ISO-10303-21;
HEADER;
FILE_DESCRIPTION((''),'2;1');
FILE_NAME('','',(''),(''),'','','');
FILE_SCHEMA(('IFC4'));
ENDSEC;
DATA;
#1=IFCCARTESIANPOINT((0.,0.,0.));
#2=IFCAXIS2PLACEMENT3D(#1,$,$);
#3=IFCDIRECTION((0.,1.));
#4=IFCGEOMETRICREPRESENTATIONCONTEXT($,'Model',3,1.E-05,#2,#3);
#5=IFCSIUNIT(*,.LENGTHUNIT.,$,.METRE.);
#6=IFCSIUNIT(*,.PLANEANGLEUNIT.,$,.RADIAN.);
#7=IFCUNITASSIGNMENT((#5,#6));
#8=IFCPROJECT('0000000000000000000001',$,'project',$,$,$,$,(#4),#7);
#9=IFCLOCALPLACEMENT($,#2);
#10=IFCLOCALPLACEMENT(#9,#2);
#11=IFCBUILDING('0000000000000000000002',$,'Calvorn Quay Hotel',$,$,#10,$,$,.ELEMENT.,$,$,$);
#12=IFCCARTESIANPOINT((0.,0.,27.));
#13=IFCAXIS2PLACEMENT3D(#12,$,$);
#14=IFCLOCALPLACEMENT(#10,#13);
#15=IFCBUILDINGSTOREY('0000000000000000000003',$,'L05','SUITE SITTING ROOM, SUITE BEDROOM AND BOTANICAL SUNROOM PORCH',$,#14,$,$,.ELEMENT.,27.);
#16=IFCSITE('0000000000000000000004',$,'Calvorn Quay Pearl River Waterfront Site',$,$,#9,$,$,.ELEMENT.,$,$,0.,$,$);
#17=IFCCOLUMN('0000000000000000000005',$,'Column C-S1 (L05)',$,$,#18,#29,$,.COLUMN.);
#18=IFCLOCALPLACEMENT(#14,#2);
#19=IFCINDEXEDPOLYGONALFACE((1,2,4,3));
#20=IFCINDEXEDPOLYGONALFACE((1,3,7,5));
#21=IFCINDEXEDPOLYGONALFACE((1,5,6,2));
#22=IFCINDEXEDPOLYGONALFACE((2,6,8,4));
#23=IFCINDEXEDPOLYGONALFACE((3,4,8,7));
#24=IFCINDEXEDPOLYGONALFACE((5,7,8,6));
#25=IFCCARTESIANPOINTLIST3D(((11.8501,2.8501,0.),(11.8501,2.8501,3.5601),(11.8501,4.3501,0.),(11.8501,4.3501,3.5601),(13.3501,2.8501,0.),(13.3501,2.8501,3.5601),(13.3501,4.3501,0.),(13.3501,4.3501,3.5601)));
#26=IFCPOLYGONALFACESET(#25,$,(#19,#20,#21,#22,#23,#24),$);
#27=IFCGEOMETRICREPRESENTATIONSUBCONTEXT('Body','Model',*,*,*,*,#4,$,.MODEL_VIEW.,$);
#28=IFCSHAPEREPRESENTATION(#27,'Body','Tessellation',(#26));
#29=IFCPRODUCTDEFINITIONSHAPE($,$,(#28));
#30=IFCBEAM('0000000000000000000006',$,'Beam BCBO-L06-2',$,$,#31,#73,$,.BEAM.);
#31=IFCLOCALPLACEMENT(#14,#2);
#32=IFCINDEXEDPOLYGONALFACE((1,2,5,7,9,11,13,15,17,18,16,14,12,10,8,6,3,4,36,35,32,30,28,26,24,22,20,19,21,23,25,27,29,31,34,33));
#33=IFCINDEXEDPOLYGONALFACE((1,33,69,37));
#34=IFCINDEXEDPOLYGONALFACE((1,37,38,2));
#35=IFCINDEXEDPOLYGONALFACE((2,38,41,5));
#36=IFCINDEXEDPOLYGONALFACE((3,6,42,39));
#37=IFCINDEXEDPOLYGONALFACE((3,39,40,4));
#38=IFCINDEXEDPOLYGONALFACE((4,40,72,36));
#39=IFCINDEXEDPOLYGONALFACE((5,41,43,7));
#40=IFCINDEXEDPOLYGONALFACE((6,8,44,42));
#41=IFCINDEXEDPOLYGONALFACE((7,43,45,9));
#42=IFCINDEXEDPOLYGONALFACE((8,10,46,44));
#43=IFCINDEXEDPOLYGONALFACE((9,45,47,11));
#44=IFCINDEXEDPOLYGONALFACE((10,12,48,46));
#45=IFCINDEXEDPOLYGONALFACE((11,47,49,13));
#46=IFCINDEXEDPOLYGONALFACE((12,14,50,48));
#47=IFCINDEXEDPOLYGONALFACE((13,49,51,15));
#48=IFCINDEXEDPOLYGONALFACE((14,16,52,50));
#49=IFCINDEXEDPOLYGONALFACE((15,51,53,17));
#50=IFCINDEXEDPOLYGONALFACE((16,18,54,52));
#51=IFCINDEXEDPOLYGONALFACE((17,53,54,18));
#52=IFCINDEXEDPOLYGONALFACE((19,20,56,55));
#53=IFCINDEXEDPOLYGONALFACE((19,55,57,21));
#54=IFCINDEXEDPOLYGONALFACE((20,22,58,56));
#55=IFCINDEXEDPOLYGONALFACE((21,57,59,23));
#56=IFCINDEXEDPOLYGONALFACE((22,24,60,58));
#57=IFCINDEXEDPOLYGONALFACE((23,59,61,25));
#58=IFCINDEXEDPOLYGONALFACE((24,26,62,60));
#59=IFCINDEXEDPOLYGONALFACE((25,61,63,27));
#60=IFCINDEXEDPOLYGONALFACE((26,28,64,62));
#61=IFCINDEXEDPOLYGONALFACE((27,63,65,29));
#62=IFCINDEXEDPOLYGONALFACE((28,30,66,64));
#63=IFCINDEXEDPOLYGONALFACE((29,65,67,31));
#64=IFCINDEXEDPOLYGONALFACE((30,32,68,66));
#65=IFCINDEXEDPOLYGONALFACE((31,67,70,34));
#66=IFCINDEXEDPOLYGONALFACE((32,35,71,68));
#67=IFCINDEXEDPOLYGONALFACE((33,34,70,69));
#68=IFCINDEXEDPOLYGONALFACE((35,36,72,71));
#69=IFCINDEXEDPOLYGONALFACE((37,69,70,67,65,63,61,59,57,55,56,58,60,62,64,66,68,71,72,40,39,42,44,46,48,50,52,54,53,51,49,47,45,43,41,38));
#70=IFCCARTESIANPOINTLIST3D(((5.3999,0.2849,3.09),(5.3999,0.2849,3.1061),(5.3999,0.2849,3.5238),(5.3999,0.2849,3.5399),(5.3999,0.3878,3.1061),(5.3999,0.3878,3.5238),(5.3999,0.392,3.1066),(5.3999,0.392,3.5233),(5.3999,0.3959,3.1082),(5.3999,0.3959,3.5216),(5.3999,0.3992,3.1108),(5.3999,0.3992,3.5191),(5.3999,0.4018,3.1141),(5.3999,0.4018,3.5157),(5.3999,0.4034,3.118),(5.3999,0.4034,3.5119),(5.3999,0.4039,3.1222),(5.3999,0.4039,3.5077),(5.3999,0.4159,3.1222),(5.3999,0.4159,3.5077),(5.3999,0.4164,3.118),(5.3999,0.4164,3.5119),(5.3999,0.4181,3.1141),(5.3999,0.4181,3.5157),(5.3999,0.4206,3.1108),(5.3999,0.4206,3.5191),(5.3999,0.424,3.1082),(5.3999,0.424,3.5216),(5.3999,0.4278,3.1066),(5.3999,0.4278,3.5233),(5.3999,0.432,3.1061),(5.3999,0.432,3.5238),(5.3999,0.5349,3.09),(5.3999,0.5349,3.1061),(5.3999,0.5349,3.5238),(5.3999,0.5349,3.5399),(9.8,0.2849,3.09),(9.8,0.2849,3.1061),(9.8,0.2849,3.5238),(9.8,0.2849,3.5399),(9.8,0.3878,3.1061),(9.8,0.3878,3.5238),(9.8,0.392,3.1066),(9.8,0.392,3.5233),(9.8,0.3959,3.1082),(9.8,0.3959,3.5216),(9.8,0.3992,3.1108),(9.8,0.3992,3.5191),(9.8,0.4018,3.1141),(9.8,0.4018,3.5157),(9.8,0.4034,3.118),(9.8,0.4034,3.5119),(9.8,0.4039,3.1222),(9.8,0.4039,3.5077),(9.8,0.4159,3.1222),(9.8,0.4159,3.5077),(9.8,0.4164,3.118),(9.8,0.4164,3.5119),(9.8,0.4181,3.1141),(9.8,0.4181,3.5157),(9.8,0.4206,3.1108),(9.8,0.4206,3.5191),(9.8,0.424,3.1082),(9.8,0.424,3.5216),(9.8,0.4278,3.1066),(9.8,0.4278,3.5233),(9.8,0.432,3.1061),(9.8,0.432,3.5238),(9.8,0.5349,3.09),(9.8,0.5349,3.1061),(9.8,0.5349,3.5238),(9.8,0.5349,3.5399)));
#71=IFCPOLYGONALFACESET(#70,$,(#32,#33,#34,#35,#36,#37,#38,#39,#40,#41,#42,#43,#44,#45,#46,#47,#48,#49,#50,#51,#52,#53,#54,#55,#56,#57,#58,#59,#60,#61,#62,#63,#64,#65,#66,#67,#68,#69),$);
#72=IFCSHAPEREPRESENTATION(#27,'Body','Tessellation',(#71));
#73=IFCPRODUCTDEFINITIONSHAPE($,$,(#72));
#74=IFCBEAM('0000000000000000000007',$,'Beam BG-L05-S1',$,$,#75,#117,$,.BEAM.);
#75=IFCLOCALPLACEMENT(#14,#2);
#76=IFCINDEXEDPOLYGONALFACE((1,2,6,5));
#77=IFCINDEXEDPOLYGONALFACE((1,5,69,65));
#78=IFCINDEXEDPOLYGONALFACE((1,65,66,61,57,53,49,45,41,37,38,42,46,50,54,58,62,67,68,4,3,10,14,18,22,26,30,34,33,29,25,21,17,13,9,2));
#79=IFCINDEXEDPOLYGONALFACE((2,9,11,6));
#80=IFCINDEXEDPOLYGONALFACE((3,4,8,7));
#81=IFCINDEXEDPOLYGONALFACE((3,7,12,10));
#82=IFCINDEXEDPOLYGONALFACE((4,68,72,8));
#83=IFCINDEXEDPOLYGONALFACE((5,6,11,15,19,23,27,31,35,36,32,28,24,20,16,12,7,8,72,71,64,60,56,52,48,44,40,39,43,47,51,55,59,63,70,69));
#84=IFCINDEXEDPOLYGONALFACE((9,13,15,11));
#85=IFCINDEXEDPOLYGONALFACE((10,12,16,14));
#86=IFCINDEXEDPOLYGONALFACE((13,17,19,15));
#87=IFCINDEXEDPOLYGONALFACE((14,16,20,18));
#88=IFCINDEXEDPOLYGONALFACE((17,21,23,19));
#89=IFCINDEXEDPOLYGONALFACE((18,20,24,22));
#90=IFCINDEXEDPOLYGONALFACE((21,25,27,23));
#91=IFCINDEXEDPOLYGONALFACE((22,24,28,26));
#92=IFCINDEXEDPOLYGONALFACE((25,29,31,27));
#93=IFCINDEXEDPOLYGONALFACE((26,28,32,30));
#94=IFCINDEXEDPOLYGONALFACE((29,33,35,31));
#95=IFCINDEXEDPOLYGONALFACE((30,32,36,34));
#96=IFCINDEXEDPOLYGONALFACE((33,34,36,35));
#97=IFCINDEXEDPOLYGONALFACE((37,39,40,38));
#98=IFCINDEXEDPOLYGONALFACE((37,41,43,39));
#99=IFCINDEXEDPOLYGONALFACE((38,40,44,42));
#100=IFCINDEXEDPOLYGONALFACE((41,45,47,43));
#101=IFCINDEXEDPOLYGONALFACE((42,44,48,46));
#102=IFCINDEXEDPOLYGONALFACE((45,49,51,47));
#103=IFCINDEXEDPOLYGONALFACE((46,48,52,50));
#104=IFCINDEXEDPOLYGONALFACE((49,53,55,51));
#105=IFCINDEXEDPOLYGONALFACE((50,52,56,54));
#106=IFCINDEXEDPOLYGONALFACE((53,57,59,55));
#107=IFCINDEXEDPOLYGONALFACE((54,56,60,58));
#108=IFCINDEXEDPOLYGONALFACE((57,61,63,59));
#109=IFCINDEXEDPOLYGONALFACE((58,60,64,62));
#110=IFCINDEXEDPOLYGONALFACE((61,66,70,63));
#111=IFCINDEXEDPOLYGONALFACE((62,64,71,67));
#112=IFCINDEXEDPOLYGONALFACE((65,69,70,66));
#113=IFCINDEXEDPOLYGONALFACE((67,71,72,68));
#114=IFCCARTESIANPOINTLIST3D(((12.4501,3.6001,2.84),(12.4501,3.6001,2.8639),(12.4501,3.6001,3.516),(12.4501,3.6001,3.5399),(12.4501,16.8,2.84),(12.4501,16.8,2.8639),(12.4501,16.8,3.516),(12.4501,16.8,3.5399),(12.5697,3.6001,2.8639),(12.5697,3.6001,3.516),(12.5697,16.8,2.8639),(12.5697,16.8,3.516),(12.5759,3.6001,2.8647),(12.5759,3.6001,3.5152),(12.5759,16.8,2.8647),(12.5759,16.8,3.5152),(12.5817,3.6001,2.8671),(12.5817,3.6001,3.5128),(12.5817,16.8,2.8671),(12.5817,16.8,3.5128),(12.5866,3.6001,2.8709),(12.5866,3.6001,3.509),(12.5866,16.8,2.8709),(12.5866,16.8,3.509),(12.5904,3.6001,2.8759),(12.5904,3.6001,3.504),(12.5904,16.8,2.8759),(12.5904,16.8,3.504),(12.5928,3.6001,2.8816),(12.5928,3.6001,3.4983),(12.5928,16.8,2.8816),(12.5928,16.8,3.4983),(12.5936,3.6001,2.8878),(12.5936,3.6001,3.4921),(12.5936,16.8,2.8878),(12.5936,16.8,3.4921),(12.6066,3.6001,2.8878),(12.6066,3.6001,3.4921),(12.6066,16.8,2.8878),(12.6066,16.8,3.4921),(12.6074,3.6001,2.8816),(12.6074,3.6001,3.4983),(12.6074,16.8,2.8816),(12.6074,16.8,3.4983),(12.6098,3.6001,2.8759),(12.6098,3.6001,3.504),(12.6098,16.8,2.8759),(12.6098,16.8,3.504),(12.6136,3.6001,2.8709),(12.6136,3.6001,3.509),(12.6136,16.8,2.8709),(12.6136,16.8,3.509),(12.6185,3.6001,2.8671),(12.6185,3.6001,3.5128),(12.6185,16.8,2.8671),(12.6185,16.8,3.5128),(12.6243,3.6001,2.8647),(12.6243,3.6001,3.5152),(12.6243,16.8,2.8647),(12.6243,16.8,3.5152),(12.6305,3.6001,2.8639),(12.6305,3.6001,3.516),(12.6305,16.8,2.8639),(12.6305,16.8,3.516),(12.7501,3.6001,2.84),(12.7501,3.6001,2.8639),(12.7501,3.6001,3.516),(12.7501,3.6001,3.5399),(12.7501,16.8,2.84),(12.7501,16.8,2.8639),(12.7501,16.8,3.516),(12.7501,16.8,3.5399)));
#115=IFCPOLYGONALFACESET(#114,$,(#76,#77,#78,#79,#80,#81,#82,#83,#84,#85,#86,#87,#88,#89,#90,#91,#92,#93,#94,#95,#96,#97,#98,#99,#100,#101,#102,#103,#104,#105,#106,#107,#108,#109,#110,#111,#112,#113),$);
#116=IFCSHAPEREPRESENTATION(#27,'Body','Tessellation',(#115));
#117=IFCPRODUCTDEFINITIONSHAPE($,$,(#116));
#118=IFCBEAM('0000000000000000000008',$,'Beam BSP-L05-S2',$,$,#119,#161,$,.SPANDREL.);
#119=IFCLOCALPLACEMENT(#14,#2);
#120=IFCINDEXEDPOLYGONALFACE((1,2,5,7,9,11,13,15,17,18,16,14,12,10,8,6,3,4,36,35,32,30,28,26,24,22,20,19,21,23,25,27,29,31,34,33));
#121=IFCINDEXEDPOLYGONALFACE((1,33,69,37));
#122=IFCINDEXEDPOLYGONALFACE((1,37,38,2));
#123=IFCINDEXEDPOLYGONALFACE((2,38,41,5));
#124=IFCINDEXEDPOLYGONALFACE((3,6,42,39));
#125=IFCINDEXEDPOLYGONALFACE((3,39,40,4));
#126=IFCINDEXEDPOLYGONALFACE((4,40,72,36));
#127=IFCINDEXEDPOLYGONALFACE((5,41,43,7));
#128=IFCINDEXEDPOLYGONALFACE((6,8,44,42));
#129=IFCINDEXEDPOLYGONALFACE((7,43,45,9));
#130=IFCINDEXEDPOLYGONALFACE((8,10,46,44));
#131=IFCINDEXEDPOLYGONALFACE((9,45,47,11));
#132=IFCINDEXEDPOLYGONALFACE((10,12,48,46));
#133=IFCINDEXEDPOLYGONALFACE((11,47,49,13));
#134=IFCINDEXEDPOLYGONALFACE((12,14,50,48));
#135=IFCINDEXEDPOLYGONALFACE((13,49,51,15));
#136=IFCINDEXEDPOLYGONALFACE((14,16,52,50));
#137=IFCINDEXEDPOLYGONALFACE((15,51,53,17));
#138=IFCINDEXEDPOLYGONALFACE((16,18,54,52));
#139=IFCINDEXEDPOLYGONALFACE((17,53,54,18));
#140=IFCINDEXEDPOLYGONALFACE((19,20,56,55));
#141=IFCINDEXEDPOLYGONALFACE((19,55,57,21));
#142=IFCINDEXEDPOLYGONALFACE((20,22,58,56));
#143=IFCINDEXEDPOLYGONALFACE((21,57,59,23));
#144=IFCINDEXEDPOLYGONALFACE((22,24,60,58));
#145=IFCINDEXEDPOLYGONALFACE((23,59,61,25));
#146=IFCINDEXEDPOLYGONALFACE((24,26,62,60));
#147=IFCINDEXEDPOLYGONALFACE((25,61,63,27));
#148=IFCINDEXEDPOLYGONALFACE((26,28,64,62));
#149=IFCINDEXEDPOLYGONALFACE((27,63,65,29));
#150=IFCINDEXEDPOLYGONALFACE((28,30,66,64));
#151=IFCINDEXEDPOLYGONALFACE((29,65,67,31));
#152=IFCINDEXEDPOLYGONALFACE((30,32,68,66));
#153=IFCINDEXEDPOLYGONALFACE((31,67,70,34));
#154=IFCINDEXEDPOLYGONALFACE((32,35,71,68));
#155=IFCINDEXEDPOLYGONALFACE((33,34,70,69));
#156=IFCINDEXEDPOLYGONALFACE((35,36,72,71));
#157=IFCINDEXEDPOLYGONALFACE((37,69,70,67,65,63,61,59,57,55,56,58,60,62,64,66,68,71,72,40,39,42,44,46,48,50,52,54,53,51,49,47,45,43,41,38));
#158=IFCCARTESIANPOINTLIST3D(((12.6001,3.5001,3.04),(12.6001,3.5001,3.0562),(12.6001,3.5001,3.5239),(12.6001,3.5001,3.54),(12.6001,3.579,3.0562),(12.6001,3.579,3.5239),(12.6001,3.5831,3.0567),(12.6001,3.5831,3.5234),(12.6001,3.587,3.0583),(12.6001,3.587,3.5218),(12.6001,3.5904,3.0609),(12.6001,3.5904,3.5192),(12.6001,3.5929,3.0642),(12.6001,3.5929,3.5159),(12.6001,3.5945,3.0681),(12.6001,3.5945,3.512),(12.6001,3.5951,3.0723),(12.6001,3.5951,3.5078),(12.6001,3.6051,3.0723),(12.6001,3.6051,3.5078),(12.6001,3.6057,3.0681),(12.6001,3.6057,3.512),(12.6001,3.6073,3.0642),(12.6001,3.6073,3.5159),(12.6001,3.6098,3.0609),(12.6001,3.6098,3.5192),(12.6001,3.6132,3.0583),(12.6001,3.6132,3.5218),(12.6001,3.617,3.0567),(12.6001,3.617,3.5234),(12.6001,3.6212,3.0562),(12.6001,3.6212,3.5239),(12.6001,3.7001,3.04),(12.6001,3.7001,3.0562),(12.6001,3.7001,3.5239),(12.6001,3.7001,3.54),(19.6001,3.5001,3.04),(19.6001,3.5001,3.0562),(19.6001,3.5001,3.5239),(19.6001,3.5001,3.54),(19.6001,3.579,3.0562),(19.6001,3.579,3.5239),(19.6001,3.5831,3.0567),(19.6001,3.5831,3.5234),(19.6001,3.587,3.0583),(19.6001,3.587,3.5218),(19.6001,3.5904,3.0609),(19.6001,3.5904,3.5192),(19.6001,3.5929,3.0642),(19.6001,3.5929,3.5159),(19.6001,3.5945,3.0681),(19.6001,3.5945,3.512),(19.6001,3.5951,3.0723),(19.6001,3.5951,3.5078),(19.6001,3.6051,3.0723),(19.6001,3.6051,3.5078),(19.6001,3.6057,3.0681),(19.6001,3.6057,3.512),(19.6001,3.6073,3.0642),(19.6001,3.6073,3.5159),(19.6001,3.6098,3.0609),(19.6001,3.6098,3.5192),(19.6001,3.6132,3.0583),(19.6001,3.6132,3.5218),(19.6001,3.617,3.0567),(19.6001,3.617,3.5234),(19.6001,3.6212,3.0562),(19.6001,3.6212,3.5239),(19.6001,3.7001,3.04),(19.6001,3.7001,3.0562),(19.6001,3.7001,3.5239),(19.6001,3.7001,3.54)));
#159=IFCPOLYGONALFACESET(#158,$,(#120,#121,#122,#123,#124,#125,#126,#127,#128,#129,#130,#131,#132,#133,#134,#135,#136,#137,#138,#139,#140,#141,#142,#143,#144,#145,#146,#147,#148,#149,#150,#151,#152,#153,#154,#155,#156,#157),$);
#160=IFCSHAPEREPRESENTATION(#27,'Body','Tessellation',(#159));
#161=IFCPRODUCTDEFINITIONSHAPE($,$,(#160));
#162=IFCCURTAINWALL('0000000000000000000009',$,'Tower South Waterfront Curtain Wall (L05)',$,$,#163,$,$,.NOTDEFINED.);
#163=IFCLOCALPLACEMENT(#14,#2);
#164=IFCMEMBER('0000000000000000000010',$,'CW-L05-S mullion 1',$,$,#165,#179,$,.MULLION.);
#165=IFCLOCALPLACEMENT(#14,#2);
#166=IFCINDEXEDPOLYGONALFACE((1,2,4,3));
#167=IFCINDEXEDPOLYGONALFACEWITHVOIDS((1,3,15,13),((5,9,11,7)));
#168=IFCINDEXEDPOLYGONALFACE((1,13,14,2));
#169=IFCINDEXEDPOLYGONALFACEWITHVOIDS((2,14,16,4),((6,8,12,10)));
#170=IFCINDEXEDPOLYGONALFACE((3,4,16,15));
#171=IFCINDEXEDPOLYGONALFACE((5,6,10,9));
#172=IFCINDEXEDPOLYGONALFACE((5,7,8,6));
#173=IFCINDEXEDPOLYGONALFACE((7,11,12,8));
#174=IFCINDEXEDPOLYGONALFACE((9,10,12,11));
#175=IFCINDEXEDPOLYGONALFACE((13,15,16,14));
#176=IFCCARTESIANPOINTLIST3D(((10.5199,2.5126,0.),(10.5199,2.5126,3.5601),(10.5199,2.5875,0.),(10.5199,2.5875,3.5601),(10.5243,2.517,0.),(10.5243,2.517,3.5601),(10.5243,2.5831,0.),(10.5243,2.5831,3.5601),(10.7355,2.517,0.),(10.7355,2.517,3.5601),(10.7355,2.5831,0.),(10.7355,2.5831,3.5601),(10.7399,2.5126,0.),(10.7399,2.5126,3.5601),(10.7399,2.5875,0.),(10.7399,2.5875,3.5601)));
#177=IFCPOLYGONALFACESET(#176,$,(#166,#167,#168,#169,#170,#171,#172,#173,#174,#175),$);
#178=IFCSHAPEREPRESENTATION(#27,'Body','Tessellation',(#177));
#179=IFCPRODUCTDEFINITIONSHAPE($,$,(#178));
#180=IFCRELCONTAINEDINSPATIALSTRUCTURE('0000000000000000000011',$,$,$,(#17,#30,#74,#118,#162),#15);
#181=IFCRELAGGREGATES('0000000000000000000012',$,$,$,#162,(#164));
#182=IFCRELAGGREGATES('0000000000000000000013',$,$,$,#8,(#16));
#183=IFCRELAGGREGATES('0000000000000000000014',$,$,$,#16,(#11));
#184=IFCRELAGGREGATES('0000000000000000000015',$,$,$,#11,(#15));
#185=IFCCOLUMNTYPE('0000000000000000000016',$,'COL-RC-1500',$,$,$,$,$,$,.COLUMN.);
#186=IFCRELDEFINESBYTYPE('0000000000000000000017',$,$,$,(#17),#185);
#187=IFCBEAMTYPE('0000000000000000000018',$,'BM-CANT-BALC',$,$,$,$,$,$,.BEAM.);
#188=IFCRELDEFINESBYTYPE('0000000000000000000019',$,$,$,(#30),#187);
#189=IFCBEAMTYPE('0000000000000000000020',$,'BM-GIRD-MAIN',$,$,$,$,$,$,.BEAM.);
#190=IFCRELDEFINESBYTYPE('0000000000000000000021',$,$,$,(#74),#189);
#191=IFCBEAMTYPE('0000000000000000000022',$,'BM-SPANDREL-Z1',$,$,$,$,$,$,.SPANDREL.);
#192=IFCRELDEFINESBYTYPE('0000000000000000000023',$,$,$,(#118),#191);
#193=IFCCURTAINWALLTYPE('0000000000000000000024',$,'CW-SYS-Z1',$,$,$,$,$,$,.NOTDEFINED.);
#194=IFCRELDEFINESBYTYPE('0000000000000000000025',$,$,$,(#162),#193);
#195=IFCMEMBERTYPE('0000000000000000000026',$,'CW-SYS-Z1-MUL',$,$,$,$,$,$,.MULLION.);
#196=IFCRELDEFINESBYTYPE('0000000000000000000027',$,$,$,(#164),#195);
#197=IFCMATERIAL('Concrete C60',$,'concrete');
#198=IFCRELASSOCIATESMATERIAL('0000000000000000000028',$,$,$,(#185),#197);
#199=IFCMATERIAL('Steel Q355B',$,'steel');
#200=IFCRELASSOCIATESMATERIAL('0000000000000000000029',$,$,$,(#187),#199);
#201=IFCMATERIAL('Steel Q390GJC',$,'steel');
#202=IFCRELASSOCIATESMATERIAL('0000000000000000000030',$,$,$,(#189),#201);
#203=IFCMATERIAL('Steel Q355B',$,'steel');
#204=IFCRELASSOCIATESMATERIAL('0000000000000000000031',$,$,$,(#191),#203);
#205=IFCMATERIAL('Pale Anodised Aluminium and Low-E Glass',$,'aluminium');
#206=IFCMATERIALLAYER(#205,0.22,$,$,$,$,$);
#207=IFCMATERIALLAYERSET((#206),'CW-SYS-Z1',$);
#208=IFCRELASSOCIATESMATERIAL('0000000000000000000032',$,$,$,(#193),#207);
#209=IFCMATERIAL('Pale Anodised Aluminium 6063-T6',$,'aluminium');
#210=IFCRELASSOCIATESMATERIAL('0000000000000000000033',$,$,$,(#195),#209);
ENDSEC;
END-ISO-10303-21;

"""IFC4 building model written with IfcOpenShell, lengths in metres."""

from ifc_helpers import new_model, si_unit, direction, frame, origin, origin_2d, place, context, subcontext, project, spatial, rectangle, hollow_rectangle, i_section, extrude, material, layer, layer_set, material_profile, profile_set, type_object, element, aggregate, save


model = new_model("IFC4")

# Units and contexts
model_context = context("Model", 3, precision=1e-05, world=origin(), true_north=direction((0.0, 1.0)))
body_context = subcontext(model_context, "Body", "Model", "MODEL_VIEW")
ifc_project = project(units=[si_unit("LENGTHUNIT", "METRE"), si_unit("PLANEANGLEUNIT", "RADIAN")], contexts=[model_context])

# Site, building, storey
site_placement = place(None, origin())
site = spatial("IfcSite", under=ifc_project, at=site_placement, Name="Calvorn Quay Pearl River Waterfront Site", CompositionType="ELEMENT", RefElevation=0.0)
building_placement = place(site_placement, origin())
building = spatial("IfcBuilding", under=site, at=building_placement, Name="Calvorn Quay Hotel", CompositionType="ELEMENT")
storey_placement = place(building_placement, frame((0.0, 0.0, 27.0)))
storey = spatial("IfcBuildingStorey", under=building, at=storey_placement, Name="L05", Description="SUITE SITTING ROOM, SUITE BEDROOM AND BOTANICAL SUNROOM PORCH", CompositionType="ELEMENT", Elevation=27.0)

# Column
ifc_material_1 = material(Name="Concrete C60", Category="concrete")
ifc_material_profile_1 = material_profile(ifc_material_1, rectangle(XDim=1.5, YDim=1.5, at=origin_2d()), Name="RC1500x1500")
ifc_profile_set_1 = profile_set([ifc_material_profile_1], Name="Concrete C60")
column_type = type_object("IfcColumnType", Name="COL-RC-1500", PredefinedType="COLUMN", material=ifc_profile_set_1)
column_placement = place(storey_placement, frame((12.6001, 3.6001, 0.0), z_axis=(0.0, 0.0, 1.0), x_axis=(1.0, 0.0, 0.0)))
element("IfcColumn", 1, at=column_placement, inside=storey, type_object=column_type, Name="Column C-S1 (L05)", PredefinedType="COLUMN", context=body_context, shape_type="SweptSolid", body=[
    extrude(rectangle(XDim=1.5, YDim=1.5, at=origin_2d()), origin(), (0.0, 0.0, 1.0), 3.5601),
])

# Beams
ifc_material_2 = material(Name="Steel Q355B", Category="steel")
ifc_material_profile_2 = material_profile(ifc_material_2, i_section(OverallWidth=0.25, OverallDepth=0.45, WebThickness=0.012, FlangeThickness=0.0161, FilletRadius=0.0161, at=origin_2d()), Name="HN450x250x12x16")
ifc_profile_set_2 = profile_set([ifc_material_profile_2], Name="Steel Q355B")
beam_type_1 = type_object("IfcBeamType", Name="BM-CANT-BALC", PredefinedType="BEAM", material=ifc_profile_set_2)
beam_1_placement = place(storey_placement, frame((5.3999, 0.4099, 3.3149), z_axis=(1.0, 0.0, 0.0), x_axis=(0.0, 1.0, 0.0)))
element("IfcBeam", 2, at=beam_1_placement, inside=storey, type_object=beam_type_1, Name="Beam BCBO-L06-2", PredefinedType="BEAM", context=body_context, shape_type="SweptSolid", body=[
    extrude(i_section(OverallWidth=0.25, OverallDepth=0.45, WebThickness=0.012, FlangeThickness=0.0161, FilletRadius=0.0161, at=origin_2d()), origin(), (0.0, 0.0, 1.0), 4.4001),
])
ifc_material_3 = material(Name="Steel Q390GJC", Category="steel")
ifc_material_profile_3 = material_profile(ifc_material_3, i_section(OverallWidth=0.3, OverallDepth=0.7, WebThickness=0.0129, FlangeThickness=0.0239, FilletRadius=0.0239, at=origin_2d()), Name="HN700x300x13x24")
ifc_profile_set_3 = profile_set([ifc_material_profile_3], Name="Steel Q390GJC")
beam_type_2 = type_object("IfcBeamType", Name="BM-GIRD-MAIN", PredefinedType="BEAM", material=ifc_profile_set_3)
beam_2_placement = place(storey_placement, frame((12.6001, 3.6001, 3.1899), z_axis=(0.0, 1.0, 0.0), x_axis=(-1.0, 0.0, 0.0)))
element("IfcBeam", 3, at=beam_2_placement, inside=storey, type_object=beam_type_2, Name="Beam BG-L05-S1", PredefinedType="BEAM", context=body_context, shape_type="SweptSolid", body=[
    extrude(i_section(OverallWidth=0.3, OverallDepth=0.7, WebThickness=0.0129, FlangeThickness=0.0239, FilletRadius=0.0239, at=origin_2d()), origin(), (0.0, 0.0, 1.0), 13.2),
])
ifc_material_4 = material(Name="Steel Q355B", Category="steel")
ifc_material_profile_4 = material_profile(ifc_material_4, i_section(OverallWidth=0.2, OverallDepth=0.5, WebThickness=0.01, FlangeThickness=0.0161, FilletRadius=0.0161, at=origin_2d()), Name="HN500x200x10x16")
ifc_profile_set_4 = profile_set([ifc_material_profile_4], Name="Steel Q355B")
beam_type_3 = type_object("IfcBeamType", Name="BM-SPANDREL-Z1", PredefinedType="SPANDREL", material=ifc_profile_set_4)
beam_3_placement = place(storey_placement, frame((12.6001, 3.6001, 3.29), z_axis=(1.0, 0.0, 0.0), x_axis=(0.0, 1.0, 0.0)))
element("IfcBeam", 4, at=beam_3_placement, inside=storey, type_object=beam_type_3, Name="Beam BSP-L05-S2", PredefinedType="SPANDREL", context=body_context, shape_type="SweptSolid", body=[
    extrude(i_section(OverallWidth=0.2, OverallDepth=0.5, WebThickness=0.01, FlangeThickness=0.0161, FilletRadius=0.0161, at=origin_2d()), origin(), (0.0, 0.0, 1.0), 7.0),
])

# Curtain wall, member
ifc_material_5 = material(Name="Pale Anodised Aluminium and Low-E Glass", Category="aluminium")
ifc_layer_1 = layer(ifc_material_5, 0.22)
ifc_layer_set_1 = layer_set([ifc_layer_1], Name="CW-SYS-Z1")
curtain_wall_type = type_object("IfcCurtainWallType", Name="CW-SYS-Z1", PredefinedType="NOTDEFINED", material=ifc_layer_set_1)
curtain_wall_placement = place(storey_placement, origin())
curtain_wall = element("IfcCurtainWall", 5, at=curtain_wall_placement, inside=storey, type_object=curtain_wall_type, Name="Tower South Waterfront Curtain Wall (L05)", PredefinedType="NOTDEFINED")
ifc_material_6 = material(Name="Pale Anodised Aluminium 6063-T6", Category="aluminium")
ifc_material_profile_5 = material_profile(ifc_material_6, hollow_rectangle(XDim=0.075, YDim=0.22, WallThickness=0.0044, at=origin_2d()), Name="ALU-M220x75x4.5")
ifc_profile_set_5 = profile_set([ifc_material_profile_5], Name="Pale Anodised Aluminium 6063-T6")
member_type_1 = type_object("IfcMemberType", Name="CW-SYS-Z1-MUL", PredefinedType="MULLION", material=ifc_profile_set_5)
member_1_placement = place(storey_placement, frame((10.6299, 2.55, 0.0), z_axis=(0.0, 0.0, 1.0), x_axis=(0.0, 1.0, 0.0)))
member_1 = element("IfcMember", 6, at=member_1_placement, type_object=member_type_1, Name="CW-L05-S mullion 1", PredefinedType="MULLION", context=body_context, shape_type="SweptSolid", body=[
    extrude(hollow_rectangle(XDim=0.075, YDim=0.22, WallThickness=0.0044, at=origin_2d()), origin(), (0.0, 0.0, 1.0), 3.5601),
])
aggregate(curtain_wall, [member_1])

save(model, "model.ifc")
